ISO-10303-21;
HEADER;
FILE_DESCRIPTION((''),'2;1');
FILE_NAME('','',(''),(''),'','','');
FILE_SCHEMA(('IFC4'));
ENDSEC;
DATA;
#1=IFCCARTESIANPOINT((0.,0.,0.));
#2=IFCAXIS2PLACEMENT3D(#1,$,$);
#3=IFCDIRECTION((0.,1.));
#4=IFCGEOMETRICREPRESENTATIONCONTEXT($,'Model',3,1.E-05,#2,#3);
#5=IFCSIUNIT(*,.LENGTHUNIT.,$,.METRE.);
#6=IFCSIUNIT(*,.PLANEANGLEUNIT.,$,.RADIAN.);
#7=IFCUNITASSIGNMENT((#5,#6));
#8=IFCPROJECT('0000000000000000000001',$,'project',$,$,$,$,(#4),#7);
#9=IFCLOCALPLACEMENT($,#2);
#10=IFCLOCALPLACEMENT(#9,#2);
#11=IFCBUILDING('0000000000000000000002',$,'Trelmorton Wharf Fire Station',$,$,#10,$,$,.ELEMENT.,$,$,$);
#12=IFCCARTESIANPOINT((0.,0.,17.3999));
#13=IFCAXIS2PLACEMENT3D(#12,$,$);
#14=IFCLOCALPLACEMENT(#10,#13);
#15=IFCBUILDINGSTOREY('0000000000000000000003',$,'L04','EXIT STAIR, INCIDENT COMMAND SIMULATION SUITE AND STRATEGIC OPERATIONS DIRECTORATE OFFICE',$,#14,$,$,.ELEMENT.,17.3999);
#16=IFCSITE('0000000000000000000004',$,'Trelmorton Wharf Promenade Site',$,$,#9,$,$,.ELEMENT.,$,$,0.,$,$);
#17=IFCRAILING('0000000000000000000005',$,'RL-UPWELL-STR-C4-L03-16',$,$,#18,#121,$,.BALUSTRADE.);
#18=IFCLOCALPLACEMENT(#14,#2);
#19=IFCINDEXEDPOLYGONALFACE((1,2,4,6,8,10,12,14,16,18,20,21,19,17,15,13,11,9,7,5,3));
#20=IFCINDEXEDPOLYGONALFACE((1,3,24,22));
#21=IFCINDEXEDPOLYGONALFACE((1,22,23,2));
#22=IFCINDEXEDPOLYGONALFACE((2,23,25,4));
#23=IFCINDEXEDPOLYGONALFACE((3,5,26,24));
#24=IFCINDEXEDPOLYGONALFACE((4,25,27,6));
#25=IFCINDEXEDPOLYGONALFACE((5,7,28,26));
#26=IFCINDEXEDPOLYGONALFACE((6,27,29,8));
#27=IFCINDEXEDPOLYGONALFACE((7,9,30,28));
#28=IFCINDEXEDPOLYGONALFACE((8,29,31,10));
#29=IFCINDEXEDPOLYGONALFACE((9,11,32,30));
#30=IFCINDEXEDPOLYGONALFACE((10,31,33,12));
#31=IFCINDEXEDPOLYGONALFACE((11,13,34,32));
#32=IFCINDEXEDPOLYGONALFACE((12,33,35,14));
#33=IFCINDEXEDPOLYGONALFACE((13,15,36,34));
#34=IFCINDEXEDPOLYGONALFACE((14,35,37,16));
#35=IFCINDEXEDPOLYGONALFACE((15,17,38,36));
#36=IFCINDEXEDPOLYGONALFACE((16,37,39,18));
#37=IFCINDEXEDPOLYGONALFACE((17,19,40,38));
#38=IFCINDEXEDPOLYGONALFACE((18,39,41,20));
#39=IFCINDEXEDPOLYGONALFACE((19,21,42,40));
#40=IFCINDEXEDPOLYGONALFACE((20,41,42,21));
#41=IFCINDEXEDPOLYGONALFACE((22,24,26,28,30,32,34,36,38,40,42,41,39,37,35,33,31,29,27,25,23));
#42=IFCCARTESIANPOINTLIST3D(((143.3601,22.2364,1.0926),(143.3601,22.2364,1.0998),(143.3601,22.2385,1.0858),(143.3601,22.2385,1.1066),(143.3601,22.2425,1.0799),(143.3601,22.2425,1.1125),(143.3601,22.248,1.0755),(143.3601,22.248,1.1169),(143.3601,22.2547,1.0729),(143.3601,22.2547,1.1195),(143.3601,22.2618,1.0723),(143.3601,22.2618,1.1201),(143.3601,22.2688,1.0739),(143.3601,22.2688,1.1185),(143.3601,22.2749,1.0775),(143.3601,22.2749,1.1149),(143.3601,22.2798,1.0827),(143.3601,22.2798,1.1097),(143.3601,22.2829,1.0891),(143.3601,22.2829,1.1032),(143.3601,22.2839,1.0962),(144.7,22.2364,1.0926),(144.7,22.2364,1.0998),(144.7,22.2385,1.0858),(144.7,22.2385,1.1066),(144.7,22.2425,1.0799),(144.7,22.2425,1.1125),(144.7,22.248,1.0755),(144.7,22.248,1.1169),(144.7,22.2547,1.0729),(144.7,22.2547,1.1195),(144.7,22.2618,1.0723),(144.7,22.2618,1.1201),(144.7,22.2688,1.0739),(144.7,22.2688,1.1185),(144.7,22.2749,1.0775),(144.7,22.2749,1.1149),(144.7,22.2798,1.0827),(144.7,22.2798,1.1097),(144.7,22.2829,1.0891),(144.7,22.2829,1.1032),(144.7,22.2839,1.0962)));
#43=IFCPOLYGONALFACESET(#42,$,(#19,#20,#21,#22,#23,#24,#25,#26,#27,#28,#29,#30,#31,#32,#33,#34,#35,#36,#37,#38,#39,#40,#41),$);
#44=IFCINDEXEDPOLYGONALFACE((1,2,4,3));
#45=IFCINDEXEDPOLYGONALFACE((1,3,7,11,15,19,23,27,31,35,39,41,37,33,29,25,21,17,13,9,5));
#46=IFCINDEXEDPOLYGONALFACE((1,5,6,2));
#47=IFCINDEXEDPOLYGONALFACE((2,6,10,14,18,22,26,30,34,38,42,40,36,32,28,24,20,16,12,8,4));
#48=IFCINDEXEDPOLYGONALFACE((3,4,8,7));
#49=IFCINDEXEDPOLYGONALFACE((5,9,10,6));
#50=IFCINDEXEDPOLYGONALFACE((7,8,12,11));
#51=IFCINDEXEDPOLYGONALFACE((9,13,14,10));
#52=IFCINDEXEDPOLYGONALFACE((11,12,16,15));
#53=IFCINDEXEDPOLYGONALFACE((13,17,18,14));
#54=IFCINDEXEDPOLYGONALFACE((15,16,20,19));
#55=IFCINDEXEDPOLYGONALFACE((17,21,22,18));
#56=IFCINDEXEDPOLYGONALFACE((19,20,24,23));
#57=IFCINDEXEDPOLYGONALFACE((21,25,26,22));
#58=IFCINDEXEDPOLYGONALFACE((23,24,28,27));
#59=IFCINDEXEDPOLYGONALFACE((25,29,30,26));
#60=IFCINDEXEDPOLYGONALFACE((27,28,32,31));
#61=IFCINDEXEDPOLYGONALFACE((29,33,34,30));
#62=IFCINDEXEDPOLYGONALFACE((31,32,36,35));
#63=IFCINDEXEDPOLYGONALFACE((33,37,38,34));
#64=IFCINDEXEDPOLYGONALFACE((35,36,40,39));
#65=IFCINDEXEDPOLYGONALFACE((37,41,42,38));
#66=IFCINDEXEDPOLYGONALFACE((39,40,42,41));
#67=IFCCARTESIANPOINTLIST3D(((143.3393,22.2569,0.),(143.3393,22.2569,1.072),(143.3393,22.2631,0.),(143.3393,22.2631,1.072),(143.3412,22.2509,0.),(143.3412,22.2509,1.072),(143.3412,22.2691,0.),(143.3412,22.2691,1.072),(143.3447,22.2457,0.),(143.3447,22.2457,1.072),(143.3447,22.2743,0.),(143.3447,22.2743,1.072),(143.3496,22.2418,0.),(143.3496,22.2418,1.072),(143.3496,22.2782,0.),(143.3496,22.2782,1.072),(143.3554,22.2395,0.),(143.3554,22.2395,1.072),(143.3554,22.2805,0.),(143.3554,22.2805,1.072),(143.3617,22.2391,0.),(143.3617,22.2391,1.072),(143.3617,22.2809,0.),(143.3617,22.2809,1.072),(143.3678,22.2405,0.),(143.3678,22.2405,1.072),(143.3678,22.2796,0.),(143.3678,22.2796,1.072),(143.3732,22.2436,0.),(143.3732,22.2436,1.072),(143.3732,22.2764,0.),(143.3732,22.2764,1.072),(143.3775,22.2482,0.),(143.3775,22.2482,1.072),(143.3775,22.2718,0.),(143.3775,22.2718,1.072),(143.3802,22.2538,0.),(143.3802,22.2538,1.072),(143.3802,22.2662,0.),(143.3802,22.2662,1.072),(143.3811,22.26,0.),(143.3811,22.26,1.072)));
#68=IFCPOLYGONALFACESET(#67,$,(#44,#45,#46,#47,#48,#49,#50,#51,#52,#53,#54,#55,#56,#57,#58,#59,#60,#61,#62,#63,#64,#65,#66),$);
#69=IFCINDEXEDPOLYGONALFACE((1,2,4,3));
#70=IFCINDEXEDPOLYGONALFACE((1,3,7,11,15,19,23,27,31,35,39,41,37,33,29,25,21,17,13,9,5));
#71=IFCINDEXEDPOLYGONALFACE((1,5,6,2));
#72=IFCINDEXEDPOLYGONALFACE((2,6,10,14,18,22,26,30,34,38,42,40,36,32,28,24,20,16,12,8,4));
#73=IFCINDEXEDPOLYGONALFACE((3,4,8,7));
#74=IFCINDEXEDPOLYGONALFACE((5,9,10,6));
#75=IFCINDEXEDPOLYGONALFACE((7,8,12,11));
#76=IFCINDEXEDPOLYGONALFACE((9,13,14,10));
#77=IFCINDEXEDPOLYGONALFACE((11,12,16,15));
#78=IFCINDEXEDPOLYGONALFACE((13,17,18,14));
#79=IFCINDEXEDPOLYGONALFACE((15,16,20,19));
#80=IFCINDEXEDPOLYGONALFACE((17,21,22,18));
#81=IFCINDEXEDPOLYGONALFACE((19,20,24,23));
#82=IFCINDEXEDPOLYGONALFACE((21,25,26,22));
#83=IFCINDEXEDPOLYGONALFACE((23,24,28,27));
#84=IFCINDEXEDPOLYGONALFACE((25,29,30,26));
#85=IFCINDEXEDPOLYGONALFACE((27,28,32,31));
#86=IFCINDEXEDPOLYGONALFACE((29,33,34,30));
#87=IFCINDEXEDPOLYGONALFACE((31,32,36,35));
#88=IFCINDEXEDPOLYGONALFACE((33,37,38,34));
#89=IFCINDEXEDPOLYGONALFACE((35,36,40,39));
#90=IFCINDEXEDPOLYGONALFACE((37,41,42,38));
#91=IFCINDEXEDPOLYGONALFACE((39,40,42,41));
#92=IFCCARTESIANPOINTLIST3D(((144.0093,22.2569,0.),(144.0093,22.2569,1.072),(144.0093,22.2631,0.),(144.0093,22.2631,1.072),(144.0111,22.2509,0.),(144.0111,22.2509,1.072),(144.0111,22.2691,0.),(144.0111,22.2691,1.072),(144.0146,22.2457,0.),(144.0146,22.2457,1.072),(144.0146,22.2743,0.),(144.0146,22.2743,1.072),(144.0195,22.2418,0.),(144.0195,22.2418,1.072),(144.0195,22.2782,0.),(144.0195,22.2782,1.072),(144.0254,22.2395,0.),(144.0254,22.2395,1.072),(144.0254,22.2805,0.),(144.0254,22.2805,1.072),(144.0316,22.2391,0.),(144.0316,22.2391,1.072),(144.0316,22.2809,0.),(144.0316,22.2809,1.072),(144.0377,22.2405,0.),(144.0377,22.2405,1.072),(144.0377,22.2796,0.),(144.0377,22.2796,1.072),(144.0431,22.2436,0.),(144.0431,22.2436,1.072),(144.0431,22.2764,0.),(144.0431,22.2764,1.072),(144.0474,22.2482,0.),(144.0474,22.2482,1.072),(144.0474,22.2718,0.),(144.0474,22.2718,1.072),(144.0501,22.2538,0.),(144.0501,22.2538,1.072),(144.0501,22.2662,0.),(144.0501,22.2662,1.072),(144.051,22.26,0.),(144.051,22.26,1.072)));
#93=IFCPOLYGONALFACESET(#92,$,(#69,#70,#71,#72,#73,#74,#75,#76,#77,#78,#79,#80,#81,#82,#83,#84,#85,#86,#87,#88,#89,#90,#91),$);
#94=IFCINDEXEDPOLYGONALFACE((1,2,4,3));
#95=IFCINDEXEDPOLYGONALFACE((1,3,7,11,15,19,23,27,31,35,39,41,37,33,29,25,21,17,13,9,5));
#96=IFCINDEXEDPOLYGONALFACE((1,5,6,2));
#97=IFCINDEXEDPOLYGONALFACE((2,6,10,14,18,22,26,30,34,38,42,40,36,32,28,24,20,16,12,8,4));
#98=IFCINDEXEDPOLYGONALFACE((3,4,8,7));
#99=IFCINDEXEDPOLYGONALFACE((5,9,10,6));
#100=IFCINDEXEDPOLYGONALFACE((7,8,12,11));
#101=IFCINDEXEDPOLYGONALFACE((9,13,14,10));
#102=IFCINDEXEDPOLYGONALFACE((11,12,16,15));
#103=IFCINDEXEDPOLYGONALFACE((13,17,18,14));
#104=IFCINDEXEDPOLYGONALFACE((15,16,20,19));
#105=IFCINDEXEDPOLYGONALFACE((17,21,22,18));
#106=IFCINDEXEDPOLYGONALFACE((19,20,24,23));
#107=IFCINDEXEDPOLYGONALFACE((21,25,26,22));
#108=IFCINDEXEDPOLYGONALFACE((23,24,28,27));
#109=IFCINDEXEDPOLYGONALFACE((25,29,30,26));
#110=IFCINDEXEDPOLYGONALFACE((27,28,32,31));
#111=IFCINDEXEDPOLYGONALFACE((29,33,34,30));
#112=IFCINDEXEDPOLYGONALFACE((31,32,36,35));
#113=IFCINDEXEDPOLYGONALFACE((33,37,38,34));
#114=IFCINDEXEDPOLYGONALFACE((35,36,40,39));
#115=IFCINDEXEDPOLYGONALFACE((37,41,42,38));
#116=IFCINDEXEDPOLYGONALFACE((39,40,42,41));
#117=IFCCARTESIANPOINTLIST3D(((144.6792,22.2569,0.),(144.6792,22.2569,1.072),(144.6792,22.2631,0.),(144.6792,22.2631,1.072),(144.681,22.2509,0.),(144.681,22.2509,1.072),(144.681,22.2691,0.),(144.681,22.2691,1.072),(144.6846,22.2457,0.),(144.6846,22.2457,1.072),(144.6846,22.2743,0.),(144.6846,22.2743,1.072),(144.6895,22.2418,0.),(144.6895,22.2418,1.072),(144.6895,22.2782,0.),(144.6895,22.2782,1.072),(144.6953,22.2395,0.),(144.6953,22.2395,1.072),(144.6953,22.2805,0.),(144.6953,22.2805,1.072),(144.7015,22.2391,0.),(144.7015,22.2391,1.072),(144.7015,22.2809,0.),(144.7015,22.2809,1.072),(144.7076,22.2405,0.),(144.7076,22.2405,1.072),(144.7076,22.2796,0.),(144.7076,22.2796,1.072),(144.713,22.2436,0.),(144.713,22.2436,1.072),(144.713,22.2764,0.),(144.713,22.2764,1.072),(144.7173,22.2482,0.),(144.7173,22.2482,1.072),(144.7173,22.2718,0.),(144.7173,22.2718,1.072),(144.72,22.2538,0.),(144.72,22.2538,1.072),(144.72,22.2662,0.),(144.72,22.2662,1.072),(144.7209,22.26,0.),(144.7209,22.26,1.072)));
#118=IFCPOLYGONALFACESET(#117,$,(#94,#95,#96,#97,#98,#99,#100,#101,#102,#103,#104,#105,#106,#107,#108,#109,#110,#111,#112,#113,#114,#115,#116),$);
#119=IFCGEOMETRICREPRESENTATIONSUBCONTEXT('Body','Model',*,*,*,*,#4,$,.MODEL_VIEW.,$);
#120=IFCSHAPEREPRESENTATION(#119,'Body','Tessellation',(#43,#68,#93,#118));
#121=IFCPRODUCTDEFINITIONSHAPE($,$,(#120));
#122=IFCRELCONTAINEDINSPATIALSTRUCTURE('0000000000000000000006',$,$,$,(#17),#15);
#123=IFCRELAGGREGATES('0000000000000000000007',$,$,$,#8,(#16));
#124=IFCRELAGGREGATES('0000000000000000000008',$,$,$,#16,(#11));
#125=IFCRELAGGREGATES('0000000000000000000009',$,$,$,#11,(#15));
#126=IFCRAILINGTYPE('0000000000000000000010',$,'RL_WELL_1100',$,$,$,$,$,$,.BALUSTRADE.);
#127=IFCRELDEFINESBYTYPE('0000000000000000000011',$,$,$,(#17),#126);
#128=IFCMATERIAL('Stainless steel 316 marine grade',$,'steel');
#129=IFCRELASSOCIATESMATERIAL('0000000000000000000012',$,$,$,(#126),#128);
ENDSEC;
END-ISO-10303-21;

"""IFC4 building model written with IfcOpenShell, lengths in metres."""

from ifc_helpers import new_model, si_unit, direction, frame, origin, origin_2d, place, context, subcontext, project, spatial, circle, extrude, material, type_object, element, save


model = new_model("IFC4")

# Units and contexts
model_context = context("Model", 3, precision=1e-05, world=origin(), true_north=direction((0.0, 1.0)))
body_context = subcontext(model_context, "Body", "Model", "MODEL_VIEW")
ifc_project = project(units=[si_unit("LENGTHUNIT", "METRE"), si_unit("PLANEANGLEUNIT", "RADIAN")], contexts=[model_context])

# Site, building, storey
site_placement = place(None, origin())
site = spatial("IfcSite", under=ifc_project, at=site_placement, Name="Trelmorton Wharf Promenade Site", CompositionType="ELEMENT", RefElevation=0.0)
building_placement = place(site_placement, origin())
building = spatial("IfcBuilding", under=site, at=building_placement, Name="Trelmorton Wharf Fire Station", CompositionType="ELEMENT")
storey_placement = place(building_placement, frame((0.0, 0.0, 17.3999)))
storey = spatial("IfcBuildingStorey", under=building, at=storey_placement, Name="L04", Description="EXIT STAIR, INCIDENT COMMAND SIMULATION SUITE AND STRATEGIC OPERATIONS DIRECTORATE OFFICE", CompositionType="ELEMENT", Elevation=17.3999)

# Shared definitions
ifc_material_1 = material(Name="Stainless steel 316 marine grade", Category="steel")

# Railing
railing_type_1 = type_object("IfcRailingType", Name="RL_WELL_1100", PredefinedType="BALUSTRADE", material=ifc_material_1)
railing_1_placement = place(storey_placement, frame((143.3601, 22.26, 0.0)))
element("IfcRailing", 1, at=railing_1_placement, inside=storey, type_object=railing_type_1, Name="RL-UPWELL-STR-C4-L03-16", PredefinedType="BALUSTRADE", context=body_context, shape_type="SweptSolid", body=[
    extrude(circle(Radius=0.0239, at=origin_2d()), frame((0.0, 0.0, 1.0962), z_axis=(1.0, 0.0, 0.0), x_axis=(0.0, 1.0, 0.0)), (0.0, 0.0, 1.0), 1.3398),
    extrude(circle(Radius=0.021, at=origin_2d()), origin(), (0.0, 0.0, 1.0), 1.072),
    extrude(circle(Radius=0.021, at=origin_2d()), frame((0.6699, 0.0, 0.0)), (0.0, 0.0, 1.0), 1.072),
    extrude(circle(Radius=0.021, at=origin_2d()), frame((1.3398, 0.0, 0.0)), (0.0, 0.0, 1.0), 1.072),
])

save(model, "model.ifc")
